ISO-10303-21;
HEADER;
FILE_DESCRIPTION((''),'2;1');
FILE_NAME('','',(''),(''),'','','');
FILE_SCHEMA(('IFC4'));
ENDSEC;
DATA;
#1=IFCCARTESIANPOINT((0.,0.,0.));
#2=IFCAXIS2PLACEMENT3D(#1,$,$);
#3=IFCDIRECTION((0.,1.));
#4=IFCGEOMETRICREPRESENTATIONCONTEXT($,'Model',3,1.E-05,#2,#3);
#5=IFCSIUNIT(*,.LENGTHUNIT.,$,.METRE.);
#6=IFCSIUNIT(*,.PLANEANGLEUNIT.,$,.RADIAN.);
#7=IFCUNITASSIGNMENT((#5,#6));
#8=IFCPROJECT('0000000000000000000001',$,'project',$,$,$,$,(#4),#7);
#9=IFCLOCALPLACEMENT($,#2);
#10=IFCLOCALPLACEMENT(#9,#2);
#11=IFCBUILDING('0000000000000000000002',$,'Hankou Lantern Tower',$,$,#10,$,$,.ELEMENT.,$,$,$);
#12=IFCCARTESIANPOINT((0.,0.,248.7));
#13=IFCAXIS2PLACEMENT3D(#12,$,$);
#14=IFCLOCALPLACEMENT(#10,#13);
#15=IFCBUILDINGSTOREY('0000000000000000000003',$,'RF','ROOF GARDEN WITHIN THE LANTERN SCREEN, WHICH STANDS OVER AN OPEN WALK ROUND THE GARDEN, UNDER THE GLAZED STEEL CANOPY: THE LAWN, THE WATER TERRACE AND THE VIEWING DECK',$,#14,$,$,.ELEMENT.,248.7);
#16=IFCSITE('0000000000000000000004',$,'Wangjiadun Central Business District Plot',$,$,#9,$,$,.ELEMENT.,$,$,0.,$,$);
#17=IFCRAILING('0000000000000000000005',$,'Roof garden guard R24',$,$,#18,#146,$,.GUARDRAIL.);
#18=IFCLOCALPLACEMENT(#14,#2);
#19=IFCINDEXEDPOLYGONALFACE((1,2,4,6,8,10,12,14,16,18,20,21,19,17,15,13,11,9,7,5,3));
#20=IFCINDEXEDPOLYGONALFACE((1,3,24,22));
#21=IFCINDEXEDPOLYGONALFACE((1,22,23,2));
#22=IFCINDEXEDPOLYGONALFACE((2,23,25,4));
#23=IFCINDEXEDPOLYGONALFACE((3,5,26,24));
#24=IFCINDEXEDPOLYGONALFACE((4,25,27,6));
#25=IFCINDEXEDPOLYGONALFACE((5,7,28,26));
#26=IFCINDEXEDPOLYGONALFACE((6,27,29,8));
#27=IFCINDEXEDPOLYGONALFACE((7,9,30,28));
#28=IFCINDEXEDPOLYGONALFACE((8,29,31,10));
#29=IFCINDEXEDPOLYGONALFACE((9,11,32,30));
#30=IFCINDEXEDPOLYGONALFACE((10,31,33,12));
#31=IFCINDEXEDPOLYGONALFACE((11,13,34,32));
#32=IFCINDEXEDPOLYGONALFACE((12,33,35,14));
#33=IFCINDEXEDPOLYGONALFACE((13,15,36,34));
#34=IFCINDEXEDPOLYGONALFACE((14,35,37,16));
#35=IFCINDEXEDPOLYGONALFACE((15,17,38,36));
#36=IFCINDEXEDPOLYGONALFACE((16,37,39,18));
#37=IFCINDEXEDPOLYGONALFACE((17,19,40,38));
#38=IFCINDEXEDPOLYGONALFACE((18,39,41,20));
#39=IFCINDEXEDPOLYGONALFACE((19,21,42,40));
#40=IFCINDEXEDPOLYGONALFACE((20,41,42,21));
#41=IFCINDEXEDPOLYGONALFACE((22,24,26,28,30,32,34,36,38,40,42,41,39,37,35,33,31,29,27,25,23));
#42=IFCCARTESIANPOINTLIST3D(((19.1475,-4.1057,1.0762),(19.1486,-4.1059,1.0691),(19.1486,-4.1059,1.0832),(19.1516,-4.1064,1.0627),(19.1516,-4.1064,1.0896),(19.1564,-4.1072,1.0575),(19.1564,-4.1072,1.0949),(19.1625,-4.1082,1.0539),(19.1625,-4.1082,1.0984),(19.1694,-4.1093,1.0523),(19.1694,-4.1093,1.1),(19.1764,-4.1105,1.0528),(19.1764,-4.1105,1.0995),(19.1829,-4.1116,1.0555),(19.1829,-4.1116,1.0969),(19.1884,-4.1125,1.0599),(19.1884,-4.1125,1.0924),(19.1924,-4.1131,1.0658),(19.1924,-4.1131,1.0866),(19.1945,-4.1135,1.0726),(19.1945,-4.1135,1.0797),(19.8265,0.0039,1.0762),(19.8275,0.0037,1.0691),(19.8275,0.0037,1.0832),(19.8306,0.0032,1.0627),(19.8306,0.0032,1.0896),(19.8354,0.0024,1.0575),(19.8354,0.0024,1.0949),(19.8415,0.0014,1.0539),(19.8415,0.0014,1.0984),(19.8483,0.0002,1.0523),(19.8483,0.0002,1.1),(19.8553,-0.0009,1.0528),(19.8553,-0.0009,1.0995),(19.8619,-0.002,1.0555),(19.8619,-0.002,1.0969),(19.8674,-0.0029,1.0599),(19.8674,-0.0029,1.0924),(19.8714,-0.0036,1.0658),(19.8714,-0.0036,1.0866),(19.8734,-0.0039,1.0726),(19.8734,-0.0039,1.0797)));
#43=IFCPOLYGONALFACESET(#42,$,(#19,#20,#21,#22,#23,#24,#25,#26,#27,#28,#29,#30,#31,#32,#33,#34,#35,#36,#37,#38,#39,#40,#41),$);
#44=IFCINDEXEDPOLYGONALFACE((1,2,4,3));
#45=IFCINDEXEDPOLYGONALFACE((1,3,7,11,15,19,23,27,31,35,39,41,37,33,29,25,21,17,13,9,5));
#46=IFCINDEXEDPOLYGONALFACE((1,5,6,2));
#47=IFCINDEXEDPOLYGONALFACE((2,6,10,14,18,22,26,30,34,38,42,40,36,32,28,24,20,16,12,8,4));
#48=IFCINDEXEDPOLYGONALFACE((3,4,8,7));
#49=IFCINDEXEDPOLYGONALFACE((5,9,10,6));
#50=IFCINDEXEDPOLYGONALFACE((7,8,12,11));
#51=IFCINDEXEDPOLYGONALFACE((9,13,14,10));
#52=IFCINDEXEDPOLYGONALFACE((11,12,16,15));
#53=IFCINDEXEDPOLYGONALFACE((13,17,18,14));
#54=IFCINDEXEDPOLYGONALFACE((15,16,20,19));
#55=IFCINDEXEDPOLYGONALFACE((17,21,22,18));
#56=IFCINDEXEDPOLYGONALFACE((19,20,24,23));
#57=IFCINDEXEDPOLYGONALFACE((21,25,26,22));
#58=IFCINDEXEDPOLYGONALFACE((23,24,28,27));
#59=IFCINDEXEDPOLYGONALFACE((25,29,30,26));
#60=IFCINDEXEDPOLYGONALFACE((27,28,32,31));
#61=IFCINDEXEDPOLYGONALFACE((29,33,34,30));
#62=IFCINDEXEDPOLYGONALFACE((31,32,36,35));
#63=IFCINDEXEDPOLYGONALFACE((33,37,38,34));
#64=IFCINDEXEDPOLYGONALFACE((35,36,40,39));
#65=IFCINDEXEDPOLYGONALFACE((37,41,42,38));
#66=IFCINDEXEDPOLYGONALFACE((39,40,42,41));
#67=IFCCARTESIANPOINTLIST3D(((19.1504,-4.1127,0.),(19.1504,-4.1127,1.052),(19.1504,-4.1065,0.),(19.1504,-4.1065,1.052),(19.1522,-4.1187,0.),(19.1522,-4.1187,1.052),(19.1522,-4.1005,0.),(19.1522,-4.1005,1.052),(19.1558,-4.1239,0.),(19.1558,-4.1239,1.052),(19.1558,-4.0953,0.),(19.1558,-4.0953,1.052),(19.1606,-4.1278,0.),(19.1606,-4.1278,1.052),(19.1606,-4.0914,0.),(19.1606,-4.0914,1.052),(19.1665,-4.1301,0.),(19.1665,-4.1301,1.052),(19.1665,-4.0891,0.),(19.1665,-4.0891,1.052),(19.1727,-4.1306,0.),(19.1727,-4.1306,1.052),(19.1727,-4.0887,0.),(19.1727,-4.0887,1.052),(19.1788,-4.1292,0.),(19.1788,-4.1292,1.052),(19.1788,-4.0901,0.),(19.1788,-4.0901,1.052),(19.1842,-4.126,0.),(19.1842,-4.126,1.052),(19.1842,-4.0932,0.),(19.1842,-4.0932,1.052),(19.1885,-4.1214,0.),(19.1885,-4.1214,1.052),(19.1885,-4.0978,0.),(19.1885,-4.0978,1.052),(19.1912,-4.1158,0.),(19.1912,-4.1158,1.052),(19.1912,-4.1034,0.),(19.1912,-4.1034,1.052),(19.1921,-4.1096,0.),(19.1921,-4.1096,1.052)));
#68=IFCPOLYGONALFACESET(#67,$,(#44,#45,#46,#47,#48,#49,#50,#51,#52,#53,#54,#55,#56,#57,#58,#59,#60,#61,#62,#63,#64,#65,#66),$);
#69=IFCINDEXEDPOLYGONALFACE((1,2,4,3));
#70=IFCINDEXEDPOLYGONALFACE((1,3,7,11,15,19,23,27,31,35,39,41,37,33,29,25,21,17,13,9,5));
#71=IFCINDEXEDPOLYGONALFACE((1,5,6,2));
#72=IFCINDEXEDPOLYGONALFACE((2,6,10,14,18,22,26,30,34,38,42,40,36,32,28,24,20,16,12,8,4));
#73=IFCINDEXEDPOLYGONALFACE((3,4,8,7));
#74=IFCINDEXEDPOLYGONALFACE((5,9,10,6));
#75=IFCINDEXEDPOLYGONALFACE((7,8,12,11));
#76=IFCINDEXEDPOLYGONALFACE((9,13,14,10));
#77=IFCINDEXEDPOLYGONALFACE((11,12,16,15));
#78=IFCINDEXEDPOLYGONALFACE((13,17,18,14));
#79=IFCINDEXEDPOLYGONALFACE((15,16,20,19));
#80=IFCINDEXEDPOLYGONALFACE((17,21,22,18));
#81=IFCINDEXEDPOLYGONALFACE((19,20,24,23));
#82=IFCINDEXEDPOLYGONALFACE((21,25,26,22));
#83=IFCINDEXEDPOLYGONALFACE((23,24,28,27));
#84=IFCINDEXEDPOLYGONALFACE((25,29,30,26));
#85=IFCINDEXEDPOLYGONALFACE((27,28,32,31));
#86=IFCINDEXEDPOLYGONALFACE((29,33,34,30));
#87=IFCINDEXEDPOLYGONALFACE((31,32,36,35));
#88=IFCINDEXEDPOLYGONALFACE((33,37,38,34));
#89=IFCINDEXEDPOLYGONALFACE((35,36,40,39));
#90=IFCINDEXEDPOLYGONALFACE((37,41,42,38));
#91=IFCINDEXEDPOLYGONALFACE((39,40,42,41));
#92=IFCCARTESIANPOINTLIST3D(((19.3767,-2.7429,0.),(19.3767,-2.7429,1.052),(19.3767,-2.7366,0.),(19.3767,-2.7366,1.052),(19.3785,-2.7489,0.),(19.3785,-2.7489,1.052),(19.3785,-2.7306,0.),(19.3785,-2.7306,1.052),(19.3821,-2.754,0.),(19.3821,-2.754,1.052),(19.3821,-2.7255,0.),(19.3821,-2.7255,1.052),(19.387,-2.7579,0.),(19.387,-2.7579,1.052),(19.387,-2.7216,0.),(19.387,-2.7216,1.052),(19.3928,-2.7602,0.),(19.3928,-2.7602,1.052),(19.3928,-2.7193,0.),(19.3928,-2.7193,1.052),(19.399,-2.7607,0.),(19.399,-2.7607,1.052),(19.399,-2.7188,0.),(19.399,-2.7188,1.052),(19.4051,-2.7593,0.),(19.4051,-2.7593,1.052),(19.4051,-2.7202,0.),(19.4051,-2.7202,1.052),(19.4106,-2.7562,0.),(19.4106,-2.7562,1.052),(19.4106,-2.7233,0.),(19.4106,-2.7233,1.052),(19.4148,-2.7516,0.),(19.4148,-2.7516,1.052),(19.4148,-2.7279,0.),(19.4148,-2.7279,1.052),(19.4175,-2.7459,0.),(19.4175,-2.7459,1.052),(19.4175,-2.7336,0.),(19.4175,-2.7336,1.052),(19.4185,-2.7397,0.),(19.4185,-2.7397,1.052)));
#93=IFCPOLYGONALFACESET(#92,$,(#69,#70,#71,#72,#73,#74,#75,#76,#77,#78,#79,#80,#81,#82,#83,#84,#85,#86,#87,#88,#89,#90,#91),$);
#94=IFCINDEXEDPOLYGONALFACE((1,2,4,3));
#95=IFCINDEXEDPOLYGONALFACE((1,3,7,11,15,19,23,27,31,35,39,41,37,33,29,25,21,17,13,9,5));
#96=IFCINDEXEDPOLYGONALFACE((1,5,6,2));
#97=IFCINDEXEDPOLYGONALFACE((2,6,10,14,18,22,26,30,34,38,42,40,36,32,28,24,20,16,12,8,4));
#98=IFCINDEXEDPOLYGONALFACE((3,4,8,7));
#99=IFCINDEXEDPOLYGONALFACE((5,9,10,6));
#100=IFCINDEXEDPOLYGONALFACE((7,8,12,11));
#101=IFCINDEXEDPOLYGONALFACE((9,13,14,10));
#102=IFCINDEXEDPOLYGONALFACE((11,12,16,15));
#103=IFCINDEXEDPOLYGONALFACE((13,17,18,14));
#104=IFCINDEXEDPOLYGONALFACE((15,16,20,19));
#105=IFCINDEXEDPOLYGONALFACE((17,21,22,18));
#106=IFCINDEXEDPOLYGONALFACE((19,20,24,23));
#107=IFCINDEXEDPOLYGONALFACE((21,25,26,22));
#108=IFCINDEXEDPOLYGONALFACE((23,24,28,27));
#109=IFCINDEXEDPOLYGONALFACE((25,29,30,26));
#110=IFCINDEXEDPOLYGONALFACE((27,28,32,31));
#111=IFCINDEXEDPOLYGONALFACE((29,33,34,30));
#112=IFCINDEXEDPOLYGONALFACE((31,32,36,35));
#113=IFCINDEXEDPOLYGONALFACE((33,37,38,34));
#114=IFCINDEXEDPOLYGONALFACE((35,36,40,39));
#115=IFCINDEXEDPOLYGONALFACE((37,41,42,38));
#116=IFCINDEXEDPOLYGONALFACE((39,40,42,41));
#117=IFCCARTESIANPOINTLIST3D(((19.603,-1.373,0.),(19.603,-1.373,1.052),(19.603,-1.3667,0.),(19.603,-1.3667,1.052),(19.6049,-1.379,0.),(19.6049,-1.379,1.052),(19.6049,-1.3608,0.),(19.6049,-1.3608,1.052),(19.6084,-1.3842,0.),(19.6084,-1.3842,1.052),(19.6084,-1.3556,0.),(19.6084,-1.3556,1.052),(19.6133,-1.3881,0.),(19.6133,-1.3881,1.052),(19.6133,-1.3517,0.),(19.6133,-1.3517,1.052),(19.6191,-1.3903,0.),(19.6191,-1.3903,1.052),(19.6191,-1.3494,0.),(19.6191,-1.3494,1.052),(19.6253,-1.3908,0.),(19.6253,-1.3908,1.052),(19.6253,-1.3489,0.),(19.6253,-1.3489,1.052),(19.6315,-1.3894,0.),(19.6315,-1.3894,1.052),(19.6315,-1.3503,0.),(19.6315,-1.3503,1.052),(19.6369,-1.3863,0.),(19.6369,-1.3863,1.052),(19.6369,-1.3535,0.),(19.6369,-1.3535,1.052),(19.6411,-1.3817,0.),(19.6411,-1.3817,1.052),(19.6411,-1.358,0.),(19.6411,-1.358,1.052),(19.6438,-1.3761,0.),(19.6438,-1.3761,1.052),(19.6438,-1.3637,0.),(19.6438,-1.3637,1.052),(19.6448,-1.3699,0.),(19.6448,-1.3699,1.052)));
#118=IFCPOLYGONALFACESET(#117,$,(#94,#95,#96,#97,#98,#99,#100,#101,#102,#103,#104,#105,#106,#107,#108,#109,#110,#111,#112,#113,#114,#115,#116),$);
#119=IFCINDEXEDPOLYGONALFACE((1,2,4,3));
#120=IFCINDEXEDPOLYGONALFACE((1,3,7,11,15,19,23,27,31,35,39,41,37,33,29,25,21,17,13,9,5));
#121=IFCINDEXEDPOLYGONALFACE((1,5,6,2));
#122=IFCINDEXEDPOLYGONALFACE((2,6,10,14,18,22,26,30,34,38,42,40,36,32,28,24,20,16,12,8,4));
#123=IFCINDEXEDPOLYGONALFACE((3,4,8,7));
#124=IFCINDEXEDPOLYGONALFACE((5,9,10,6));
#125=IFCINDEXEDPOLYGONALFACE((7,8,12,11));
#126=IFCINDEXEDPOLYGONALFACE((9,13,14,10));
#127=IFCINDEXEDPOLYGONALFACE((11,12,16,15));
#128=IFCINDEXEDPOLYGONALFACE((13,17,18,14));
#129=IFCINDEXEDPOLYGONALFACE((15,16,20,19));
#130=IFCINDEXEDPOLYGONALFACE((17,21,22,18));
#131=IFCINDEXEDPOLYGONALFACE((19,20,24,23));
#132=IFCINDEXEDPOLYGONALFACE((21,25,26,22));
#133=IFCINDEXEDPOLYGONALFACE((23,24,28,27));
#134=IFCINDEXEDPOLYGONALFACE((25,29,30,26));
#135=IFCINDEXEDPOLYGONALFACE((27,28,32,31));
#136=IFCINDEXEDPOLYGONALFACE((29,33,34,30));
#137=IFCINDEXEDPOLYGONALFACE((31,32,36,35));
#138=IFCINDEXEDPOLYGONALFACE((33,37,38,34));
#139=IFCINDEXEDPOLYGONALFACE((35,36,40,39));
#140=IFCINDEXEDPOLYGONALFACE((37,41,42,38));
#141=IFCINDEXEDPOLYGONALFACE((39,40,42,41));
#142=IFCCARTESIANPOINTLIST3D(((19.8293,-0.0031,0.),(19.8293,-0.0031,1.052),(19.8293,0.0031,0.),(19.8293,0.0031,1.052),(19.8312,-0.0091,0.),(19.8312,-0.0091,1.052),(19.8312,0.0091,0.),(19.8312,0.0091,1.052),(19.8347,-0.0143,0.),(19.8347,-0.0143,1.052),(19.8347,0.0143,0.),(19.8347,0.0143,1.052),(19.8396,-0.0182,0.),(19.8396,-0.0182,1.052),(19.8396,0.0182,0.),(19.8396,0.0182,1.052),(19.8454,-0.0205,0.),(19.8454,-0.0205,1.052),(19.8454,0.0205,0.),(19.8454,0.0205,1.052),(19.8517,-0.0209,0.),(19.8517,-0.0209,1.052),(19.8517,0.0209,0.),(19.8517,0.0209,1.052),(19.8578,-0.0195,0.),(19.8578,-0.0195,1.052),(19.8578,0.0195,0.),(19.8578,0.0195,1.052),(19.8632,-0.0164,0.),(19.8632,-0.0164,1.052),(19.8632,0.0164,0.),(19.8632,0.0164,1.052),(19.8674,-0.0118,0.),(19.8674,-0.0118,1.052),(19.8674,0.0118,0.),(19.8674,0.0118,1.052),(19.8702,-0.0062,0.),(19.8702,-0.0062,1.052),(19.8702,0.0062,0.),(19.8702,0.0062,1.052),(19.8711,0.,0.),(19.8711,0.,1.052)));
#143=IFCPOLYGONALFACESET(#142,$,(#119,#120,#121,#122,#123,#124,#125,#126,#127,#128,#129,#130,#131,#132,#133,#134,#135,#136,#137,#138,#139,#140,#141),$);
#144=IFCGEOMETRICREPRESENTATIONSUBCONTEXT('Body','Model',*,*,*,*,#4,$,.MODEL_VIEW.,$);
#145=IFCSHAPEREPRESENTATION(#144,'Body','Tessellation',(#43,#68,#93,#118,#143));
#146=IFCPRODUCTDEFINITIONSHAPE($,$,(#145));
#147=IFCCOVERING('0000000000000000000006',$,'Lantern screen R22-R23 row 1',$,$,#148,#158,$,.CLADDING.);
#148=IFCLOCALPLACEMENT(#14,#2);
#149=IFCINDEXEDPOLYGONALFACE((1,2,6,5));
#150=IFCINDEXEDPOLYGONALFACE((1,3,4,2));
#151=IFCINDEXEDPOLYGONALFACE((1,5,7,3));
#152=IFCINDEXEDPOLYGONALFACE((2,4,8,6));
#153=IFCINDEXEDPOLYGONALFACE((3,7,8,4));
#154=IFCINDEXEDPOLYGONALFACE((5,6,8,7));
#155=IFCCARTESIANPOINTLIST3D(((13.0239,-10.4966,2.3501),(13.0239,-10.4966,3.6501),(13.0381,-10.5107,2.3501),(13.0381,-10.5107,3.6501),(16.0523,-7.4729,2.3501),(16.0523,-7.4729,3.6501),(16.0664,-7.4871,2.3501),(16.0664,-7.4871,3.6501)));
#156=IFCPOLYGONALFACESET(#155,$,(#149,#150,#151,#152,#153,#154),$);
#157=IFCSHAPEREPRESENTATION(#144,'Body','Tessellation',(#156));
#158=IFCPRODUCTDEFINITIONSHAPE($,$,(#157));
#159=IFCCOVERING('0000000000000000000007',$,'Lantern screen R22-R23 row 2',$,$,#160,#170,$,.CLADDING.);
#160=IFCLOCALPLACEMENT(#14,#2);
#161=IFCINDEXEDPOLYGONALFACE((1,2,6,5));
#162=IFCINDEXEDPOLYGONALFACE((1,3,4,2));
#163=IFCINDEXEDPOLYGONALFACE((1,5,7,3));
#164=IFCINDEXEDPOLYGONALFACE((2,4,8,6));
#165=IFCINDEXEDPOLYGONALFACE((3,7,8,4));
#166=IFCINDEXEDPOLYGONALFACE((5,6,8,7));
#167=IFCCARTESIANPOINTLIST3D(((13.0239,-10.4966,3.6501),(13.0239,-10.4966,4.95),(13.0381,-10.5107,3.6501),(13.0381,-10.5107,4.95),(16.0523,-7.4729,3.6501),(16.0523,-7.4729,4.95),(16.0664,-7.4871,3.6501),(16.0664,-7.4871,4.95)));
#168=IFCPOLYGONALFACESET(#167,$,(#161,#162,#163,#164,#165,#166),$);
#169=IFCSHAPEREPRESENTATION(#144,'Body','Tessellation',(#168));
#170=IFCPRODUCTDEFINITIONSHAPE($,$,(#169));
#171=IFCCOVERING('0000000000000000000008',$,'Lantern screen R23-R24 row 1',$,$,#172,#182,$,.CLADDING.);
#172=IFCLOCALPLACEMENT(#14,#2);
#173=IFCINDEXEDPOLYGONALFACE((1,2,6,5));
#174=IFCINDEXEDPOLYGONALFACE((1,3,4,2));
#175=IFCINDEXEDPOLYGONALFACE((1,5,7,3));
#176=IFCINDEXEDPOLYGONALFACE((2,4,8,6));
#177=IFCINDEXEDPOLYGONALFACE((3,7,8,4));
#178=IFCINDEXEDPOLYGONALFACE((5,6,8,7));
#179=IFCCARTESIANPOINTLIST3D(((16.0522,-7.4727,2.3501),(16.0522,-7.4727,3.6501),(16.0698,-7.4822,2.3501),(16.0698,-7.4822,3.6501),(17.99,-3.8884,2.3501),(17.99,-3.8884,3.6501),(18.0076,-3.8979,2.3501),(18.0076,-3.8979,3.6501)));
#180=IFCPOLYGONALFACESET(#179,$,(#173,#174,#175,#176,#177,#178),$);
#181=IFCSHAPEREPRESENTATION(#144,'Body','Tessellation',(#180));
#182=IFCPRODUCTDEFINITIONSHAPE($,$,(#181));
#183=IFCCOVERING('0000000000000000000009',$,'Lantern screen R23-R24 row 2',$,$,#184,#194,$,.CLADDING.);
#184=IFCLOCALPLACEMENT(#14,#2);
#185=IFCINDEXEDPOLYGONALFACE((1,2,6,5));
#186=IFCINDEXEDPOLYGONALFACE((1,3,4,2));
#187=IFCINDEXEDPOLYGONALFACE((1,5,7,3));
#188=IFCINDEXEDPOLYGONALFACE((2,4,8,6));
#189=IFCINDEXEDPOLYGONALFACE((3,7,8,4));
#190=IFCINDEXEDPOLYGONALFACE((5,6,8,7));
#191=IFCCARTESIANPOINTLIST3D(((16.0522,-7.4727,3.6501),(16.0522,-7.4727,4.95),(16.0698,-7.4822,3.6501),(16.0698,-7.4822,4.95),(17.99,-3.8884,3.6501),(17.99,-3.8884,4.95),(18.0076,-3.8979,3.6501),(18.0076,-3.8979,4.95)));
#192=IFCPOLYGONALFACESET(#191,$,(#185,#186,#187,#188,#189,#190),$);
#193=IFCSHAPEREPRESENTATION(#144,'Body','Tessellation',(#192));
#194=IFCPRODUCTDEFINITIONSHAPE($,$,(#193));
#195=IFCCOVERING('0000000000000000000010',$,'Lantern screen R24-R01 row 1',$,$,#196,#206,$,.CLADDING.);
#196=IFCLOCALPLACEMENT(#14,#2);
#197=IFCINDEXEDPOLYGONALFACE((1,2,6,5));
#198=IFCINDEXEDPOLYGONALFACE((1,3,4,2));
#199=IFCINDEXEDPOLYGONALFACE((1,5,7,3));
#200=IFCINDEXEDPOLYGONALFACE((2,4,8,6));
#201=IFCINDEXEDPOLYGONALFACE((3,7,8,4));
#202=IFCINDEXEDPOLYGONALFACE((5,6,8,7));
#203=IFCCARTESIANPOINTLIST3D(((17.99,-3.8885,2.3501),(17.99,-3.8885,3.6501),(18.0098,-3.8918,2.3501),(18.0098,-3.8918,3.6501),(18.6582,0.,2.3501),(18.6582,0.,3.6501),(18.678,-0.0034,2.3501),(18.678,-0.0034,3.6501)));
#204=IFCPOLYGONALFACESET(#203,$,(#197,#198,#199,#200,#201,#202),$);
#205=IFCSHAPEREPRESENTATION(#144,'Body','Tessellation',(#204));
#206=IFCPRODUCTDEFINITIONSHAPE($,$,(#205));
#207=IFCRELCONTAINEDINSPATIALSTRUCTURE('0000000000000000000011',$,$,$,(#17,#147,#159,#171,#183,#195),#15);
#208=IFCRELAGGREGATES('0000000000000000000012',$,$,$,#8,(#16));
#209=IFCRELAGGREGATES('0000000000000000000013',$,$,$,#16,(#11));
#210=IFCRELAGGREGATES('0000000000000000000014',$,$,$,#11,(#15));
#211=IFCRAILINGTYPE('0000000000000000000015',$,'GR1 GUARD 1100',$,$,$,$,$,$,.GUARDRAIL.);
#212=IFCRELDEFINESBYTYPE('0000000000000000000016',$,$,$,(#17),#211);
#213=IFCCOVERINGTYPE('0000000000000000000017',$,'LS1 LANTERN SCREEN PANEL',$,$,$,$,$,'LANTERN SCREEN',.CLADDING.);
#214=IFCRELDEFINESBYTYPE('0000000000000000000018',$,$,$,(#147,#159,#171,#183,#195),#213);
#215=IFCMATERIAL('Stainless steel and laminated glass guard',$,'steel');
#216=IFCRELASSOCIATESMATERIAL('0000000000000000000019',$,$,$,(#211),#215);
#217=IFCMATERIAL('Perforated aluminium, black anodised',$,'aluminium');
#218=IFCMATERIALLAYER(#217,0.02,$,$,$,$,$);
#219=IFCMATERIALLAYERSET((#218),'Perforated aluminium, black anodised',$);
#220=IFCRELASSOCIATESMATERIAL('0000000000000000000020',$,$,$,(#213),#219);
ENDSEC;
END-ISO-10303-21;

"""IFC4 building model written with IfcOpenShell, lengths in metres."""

from ifc_helpers import new_model, si_unit, direction, frame, origin, origin_2d, place, context, subcontext, project, spatial, polyline, circle, outline, extrude, material, layer, layer_set, type_object, element, save


model = new_model("IFC4")

# Units and contexts
model_context = context("Model", 3, precision=1e-05, world=origin(), true_north=direction((0.0, 1.0)))
body_context = subcontext(model_context, "Body", "Model", "MODEL_VIEW")
ifc_project = project(units=[si_unit("LENGTHUNIT", "METRE"), si_unit("PLANEANGLEUNIT", "RADIAN")], contexts=[model_context])

# Site, building, storey
site_placement = place(None, origin())
site = spatial("IfcSite", under=ifc_project, at=site_placement, Name="Wangjiadun Central Business District Plot", CompositionType="ELEMENT", RefElevation=0.0)
building_placement = place(site_placement, origin())
building = spatial("IfcBuilding", under=site, at=building_placement, Name="Hankou Lantern Tower", CompositionType="ELEMENT")
storey_placement = place(building_placement, frame((0.0, 0.0, 248.7)))
storey = spatial("IfcBuildingStorey", under=building, at=storey_placement, Name="RF", Description="ROOF GARDEN WITHIN THE LANTERN SCREEN, WHICH STANDS OVER AN OPEN WALK ROUND THE GARDEN, UNDER THE GLAZED STEEL CANOPY: THE LAWN, THE WATER TERRACE AND THE VIEWING DECK", CompositionType="ELEMENT", Elevation=248.7)

# Railing
ifc_material_1 = material(Name="Stainless steel and laminated glass guard", Category="steel")
railing_type = type_object("IfcRailingType", Name="GR1 GUARD 1100", PredefinedType="GUARDRAIL", material=ifc_material_1)
railing_1_placement = place(storey_placement, frame((19.1711, -4.1096, 0.0)))
element("IfcRailing", 1, at=railing_1_placement, inside=storey, type_object=railing_type, Name="Roof garden guard R24", PredefinedType="GUARDRAIL", context=body_context, shape_type="SweptSolid", body=[
    extrude(circle(Radius=0.0239, at=origin_2d()), frame((0.0, 0.0, 1.0762), z_axis=(0.163002, 0.986626, 0.0), x_axis=(-0.986626, 0.163002, 0.0)), (0.0, 0.0, 1.0), 4.1653),
    extrude(circle(Radius=0.021, at=origin_2d()), origin(), (0.0, 0.0, 1.0), 1.052),
    extrude(circle(Radius=0.021, at=origin_2d()), frame((0.2263, 1.3699, 0.0)), (0.0, 0.0, 1.0), 1.052),
    extrude(circle(Radius=0.021, at=origin_2d()), frame((0.4526, 2.7397, 0.0)), (0.0, 0.0, 1.0), 1.052),
    extrude(circle(Radius=0.021, at=origin_2d()), frame((0.679, 4.1096, 0.0)), (0.0, 0.0, 1.0), 1.052),
])

# Coverings
ifc_material_2 = material(Name="Perforated aluminium, black anodised", Category="aluminium")
ifc_layer_1 = layer(ifc_material_2, 0.02)
ifc_layer_set_1 = layer_set([ifc_layer_1], Name="Perforated aluminium, black anodised")
covering_type = type_object("IfcCoveringType", Name="LS1 LANTERN SCREEN PANEL", ElementType="LANTERN SCREEN", PredefinedType="CLADDING", material=ifc_layer_set_1)
covering_1_placement = place(storey_placement, frame((13.0381, -10.5107, 2.3501), z_axis=(0.706565, -0.707649, 0.0), x_axis=(0.707649, 0.706565, 0.0)))
element("IfcCovering", 2, at=covering_1_placement, inside=storey, type_object=covering_type, Name="Lantern screen R22-R23 row 1", PredefinedType="CLADDING", context=body_context, shape_type="SweptSolid", body=[
    extrude(outline(polyline([(0.0, 0.0), (4.2794, 0.0), (4.2794, 1.3), (0.0, 1.3), (0.0, 0.0)])), origin(), (0.0, 0.0, -1.0), 0.02),
])
covering_2_placement = place(storey_placement, frame((13.0381, -10.5107, 3.6501), z_axis=(0.706565, -0.707649, 0.0), x_axis=(0.707649, 0.706565, 0.0)))
element("IfcCovering", 3, at=covering_2_placement, inside=storey, type_object=covering_type, Name="Lantern screen R22-R23 row 2", PredefinedType="CLADDING", context=body_context, shape_type="SweptSolid", body=[
    extrude(outline(polyline([(0.0, 0.0), (4.2794, 0.0), (4.2794, 1.2998), (0.0, 1.2998), (0.0, 0.0)])), origin(), (0.0, 0.0, -1.0), 0.02),
])
covering_3_placement = place(storey_placement, frame((16.0698, -7.4822, 2.3501), z_axis=(0.879673, -0.475578, 0.0), x_axis=(0.475578, 0.879673, 0.0)))
element("IfcCovering", 4, at=covering_3_placement, inside=storey, type_object=covering_type, Name="Lantern screen R23-R24 row 1", PredefinedType="CLADDING", context=body_context, shape_type="SweptSolid", body=[
    extrude(outline(polyline([(0.0, 0.0), (4.0745, 0.0), (4.0745, 1.3), (0.0, 1.3), (0.0, 0.0)])), origin(), (0.0, 0.0, -1.0), 0.02),
])
covering_4_placement = place(storey_placement, frame((16.0698, -7.4822, 3.6501), z_axis=(0.879673, -0.475578, 0.0), x_axis=(0.475578, 0.879673, 0.0)))
element("IfcCovering", 5, at=covering_4_placement, inside=storey, type_object=covering_type, Name="Lantern screen R23-R24 row 2", PredefinedType="CLADDING", context=body_context, shape_type="SweptSolid", body=[
    extrude(outline(polyline([(0.0, 0.0), (4.0745, 0.0), (4.0745, 1.2998), (0.0, 1.2998), (0.0, 0.0)])), origin(), (0.0, 0.0, -1.0), 0.02),
])
covering_5_placement = place(storey_placement, frame((18.0098, -3.8918, 2.3501), z_axis=(0.985554, -0.169364, 0.0), x_axis=(0.169364, 0.985554, 0.0)))
element("IfcCovering", 6, at=covering_5_placement, inside=storey, type_object=covering_type, Name="Lantern screen R24-R01 row 1", PredefinedType="CLADDING", context=body_context, shape_type="SweptSolid", body=[
    extrude(outline(polyline([(0.0, 0.0), (3.9454, 0.0), (3.9454, 1.3), (0.0, 1.3), (0.0, 0.0)])), origin(), (0.0, 0.0, -1.0), 0.02),
])

save(model, "model.ifc")
